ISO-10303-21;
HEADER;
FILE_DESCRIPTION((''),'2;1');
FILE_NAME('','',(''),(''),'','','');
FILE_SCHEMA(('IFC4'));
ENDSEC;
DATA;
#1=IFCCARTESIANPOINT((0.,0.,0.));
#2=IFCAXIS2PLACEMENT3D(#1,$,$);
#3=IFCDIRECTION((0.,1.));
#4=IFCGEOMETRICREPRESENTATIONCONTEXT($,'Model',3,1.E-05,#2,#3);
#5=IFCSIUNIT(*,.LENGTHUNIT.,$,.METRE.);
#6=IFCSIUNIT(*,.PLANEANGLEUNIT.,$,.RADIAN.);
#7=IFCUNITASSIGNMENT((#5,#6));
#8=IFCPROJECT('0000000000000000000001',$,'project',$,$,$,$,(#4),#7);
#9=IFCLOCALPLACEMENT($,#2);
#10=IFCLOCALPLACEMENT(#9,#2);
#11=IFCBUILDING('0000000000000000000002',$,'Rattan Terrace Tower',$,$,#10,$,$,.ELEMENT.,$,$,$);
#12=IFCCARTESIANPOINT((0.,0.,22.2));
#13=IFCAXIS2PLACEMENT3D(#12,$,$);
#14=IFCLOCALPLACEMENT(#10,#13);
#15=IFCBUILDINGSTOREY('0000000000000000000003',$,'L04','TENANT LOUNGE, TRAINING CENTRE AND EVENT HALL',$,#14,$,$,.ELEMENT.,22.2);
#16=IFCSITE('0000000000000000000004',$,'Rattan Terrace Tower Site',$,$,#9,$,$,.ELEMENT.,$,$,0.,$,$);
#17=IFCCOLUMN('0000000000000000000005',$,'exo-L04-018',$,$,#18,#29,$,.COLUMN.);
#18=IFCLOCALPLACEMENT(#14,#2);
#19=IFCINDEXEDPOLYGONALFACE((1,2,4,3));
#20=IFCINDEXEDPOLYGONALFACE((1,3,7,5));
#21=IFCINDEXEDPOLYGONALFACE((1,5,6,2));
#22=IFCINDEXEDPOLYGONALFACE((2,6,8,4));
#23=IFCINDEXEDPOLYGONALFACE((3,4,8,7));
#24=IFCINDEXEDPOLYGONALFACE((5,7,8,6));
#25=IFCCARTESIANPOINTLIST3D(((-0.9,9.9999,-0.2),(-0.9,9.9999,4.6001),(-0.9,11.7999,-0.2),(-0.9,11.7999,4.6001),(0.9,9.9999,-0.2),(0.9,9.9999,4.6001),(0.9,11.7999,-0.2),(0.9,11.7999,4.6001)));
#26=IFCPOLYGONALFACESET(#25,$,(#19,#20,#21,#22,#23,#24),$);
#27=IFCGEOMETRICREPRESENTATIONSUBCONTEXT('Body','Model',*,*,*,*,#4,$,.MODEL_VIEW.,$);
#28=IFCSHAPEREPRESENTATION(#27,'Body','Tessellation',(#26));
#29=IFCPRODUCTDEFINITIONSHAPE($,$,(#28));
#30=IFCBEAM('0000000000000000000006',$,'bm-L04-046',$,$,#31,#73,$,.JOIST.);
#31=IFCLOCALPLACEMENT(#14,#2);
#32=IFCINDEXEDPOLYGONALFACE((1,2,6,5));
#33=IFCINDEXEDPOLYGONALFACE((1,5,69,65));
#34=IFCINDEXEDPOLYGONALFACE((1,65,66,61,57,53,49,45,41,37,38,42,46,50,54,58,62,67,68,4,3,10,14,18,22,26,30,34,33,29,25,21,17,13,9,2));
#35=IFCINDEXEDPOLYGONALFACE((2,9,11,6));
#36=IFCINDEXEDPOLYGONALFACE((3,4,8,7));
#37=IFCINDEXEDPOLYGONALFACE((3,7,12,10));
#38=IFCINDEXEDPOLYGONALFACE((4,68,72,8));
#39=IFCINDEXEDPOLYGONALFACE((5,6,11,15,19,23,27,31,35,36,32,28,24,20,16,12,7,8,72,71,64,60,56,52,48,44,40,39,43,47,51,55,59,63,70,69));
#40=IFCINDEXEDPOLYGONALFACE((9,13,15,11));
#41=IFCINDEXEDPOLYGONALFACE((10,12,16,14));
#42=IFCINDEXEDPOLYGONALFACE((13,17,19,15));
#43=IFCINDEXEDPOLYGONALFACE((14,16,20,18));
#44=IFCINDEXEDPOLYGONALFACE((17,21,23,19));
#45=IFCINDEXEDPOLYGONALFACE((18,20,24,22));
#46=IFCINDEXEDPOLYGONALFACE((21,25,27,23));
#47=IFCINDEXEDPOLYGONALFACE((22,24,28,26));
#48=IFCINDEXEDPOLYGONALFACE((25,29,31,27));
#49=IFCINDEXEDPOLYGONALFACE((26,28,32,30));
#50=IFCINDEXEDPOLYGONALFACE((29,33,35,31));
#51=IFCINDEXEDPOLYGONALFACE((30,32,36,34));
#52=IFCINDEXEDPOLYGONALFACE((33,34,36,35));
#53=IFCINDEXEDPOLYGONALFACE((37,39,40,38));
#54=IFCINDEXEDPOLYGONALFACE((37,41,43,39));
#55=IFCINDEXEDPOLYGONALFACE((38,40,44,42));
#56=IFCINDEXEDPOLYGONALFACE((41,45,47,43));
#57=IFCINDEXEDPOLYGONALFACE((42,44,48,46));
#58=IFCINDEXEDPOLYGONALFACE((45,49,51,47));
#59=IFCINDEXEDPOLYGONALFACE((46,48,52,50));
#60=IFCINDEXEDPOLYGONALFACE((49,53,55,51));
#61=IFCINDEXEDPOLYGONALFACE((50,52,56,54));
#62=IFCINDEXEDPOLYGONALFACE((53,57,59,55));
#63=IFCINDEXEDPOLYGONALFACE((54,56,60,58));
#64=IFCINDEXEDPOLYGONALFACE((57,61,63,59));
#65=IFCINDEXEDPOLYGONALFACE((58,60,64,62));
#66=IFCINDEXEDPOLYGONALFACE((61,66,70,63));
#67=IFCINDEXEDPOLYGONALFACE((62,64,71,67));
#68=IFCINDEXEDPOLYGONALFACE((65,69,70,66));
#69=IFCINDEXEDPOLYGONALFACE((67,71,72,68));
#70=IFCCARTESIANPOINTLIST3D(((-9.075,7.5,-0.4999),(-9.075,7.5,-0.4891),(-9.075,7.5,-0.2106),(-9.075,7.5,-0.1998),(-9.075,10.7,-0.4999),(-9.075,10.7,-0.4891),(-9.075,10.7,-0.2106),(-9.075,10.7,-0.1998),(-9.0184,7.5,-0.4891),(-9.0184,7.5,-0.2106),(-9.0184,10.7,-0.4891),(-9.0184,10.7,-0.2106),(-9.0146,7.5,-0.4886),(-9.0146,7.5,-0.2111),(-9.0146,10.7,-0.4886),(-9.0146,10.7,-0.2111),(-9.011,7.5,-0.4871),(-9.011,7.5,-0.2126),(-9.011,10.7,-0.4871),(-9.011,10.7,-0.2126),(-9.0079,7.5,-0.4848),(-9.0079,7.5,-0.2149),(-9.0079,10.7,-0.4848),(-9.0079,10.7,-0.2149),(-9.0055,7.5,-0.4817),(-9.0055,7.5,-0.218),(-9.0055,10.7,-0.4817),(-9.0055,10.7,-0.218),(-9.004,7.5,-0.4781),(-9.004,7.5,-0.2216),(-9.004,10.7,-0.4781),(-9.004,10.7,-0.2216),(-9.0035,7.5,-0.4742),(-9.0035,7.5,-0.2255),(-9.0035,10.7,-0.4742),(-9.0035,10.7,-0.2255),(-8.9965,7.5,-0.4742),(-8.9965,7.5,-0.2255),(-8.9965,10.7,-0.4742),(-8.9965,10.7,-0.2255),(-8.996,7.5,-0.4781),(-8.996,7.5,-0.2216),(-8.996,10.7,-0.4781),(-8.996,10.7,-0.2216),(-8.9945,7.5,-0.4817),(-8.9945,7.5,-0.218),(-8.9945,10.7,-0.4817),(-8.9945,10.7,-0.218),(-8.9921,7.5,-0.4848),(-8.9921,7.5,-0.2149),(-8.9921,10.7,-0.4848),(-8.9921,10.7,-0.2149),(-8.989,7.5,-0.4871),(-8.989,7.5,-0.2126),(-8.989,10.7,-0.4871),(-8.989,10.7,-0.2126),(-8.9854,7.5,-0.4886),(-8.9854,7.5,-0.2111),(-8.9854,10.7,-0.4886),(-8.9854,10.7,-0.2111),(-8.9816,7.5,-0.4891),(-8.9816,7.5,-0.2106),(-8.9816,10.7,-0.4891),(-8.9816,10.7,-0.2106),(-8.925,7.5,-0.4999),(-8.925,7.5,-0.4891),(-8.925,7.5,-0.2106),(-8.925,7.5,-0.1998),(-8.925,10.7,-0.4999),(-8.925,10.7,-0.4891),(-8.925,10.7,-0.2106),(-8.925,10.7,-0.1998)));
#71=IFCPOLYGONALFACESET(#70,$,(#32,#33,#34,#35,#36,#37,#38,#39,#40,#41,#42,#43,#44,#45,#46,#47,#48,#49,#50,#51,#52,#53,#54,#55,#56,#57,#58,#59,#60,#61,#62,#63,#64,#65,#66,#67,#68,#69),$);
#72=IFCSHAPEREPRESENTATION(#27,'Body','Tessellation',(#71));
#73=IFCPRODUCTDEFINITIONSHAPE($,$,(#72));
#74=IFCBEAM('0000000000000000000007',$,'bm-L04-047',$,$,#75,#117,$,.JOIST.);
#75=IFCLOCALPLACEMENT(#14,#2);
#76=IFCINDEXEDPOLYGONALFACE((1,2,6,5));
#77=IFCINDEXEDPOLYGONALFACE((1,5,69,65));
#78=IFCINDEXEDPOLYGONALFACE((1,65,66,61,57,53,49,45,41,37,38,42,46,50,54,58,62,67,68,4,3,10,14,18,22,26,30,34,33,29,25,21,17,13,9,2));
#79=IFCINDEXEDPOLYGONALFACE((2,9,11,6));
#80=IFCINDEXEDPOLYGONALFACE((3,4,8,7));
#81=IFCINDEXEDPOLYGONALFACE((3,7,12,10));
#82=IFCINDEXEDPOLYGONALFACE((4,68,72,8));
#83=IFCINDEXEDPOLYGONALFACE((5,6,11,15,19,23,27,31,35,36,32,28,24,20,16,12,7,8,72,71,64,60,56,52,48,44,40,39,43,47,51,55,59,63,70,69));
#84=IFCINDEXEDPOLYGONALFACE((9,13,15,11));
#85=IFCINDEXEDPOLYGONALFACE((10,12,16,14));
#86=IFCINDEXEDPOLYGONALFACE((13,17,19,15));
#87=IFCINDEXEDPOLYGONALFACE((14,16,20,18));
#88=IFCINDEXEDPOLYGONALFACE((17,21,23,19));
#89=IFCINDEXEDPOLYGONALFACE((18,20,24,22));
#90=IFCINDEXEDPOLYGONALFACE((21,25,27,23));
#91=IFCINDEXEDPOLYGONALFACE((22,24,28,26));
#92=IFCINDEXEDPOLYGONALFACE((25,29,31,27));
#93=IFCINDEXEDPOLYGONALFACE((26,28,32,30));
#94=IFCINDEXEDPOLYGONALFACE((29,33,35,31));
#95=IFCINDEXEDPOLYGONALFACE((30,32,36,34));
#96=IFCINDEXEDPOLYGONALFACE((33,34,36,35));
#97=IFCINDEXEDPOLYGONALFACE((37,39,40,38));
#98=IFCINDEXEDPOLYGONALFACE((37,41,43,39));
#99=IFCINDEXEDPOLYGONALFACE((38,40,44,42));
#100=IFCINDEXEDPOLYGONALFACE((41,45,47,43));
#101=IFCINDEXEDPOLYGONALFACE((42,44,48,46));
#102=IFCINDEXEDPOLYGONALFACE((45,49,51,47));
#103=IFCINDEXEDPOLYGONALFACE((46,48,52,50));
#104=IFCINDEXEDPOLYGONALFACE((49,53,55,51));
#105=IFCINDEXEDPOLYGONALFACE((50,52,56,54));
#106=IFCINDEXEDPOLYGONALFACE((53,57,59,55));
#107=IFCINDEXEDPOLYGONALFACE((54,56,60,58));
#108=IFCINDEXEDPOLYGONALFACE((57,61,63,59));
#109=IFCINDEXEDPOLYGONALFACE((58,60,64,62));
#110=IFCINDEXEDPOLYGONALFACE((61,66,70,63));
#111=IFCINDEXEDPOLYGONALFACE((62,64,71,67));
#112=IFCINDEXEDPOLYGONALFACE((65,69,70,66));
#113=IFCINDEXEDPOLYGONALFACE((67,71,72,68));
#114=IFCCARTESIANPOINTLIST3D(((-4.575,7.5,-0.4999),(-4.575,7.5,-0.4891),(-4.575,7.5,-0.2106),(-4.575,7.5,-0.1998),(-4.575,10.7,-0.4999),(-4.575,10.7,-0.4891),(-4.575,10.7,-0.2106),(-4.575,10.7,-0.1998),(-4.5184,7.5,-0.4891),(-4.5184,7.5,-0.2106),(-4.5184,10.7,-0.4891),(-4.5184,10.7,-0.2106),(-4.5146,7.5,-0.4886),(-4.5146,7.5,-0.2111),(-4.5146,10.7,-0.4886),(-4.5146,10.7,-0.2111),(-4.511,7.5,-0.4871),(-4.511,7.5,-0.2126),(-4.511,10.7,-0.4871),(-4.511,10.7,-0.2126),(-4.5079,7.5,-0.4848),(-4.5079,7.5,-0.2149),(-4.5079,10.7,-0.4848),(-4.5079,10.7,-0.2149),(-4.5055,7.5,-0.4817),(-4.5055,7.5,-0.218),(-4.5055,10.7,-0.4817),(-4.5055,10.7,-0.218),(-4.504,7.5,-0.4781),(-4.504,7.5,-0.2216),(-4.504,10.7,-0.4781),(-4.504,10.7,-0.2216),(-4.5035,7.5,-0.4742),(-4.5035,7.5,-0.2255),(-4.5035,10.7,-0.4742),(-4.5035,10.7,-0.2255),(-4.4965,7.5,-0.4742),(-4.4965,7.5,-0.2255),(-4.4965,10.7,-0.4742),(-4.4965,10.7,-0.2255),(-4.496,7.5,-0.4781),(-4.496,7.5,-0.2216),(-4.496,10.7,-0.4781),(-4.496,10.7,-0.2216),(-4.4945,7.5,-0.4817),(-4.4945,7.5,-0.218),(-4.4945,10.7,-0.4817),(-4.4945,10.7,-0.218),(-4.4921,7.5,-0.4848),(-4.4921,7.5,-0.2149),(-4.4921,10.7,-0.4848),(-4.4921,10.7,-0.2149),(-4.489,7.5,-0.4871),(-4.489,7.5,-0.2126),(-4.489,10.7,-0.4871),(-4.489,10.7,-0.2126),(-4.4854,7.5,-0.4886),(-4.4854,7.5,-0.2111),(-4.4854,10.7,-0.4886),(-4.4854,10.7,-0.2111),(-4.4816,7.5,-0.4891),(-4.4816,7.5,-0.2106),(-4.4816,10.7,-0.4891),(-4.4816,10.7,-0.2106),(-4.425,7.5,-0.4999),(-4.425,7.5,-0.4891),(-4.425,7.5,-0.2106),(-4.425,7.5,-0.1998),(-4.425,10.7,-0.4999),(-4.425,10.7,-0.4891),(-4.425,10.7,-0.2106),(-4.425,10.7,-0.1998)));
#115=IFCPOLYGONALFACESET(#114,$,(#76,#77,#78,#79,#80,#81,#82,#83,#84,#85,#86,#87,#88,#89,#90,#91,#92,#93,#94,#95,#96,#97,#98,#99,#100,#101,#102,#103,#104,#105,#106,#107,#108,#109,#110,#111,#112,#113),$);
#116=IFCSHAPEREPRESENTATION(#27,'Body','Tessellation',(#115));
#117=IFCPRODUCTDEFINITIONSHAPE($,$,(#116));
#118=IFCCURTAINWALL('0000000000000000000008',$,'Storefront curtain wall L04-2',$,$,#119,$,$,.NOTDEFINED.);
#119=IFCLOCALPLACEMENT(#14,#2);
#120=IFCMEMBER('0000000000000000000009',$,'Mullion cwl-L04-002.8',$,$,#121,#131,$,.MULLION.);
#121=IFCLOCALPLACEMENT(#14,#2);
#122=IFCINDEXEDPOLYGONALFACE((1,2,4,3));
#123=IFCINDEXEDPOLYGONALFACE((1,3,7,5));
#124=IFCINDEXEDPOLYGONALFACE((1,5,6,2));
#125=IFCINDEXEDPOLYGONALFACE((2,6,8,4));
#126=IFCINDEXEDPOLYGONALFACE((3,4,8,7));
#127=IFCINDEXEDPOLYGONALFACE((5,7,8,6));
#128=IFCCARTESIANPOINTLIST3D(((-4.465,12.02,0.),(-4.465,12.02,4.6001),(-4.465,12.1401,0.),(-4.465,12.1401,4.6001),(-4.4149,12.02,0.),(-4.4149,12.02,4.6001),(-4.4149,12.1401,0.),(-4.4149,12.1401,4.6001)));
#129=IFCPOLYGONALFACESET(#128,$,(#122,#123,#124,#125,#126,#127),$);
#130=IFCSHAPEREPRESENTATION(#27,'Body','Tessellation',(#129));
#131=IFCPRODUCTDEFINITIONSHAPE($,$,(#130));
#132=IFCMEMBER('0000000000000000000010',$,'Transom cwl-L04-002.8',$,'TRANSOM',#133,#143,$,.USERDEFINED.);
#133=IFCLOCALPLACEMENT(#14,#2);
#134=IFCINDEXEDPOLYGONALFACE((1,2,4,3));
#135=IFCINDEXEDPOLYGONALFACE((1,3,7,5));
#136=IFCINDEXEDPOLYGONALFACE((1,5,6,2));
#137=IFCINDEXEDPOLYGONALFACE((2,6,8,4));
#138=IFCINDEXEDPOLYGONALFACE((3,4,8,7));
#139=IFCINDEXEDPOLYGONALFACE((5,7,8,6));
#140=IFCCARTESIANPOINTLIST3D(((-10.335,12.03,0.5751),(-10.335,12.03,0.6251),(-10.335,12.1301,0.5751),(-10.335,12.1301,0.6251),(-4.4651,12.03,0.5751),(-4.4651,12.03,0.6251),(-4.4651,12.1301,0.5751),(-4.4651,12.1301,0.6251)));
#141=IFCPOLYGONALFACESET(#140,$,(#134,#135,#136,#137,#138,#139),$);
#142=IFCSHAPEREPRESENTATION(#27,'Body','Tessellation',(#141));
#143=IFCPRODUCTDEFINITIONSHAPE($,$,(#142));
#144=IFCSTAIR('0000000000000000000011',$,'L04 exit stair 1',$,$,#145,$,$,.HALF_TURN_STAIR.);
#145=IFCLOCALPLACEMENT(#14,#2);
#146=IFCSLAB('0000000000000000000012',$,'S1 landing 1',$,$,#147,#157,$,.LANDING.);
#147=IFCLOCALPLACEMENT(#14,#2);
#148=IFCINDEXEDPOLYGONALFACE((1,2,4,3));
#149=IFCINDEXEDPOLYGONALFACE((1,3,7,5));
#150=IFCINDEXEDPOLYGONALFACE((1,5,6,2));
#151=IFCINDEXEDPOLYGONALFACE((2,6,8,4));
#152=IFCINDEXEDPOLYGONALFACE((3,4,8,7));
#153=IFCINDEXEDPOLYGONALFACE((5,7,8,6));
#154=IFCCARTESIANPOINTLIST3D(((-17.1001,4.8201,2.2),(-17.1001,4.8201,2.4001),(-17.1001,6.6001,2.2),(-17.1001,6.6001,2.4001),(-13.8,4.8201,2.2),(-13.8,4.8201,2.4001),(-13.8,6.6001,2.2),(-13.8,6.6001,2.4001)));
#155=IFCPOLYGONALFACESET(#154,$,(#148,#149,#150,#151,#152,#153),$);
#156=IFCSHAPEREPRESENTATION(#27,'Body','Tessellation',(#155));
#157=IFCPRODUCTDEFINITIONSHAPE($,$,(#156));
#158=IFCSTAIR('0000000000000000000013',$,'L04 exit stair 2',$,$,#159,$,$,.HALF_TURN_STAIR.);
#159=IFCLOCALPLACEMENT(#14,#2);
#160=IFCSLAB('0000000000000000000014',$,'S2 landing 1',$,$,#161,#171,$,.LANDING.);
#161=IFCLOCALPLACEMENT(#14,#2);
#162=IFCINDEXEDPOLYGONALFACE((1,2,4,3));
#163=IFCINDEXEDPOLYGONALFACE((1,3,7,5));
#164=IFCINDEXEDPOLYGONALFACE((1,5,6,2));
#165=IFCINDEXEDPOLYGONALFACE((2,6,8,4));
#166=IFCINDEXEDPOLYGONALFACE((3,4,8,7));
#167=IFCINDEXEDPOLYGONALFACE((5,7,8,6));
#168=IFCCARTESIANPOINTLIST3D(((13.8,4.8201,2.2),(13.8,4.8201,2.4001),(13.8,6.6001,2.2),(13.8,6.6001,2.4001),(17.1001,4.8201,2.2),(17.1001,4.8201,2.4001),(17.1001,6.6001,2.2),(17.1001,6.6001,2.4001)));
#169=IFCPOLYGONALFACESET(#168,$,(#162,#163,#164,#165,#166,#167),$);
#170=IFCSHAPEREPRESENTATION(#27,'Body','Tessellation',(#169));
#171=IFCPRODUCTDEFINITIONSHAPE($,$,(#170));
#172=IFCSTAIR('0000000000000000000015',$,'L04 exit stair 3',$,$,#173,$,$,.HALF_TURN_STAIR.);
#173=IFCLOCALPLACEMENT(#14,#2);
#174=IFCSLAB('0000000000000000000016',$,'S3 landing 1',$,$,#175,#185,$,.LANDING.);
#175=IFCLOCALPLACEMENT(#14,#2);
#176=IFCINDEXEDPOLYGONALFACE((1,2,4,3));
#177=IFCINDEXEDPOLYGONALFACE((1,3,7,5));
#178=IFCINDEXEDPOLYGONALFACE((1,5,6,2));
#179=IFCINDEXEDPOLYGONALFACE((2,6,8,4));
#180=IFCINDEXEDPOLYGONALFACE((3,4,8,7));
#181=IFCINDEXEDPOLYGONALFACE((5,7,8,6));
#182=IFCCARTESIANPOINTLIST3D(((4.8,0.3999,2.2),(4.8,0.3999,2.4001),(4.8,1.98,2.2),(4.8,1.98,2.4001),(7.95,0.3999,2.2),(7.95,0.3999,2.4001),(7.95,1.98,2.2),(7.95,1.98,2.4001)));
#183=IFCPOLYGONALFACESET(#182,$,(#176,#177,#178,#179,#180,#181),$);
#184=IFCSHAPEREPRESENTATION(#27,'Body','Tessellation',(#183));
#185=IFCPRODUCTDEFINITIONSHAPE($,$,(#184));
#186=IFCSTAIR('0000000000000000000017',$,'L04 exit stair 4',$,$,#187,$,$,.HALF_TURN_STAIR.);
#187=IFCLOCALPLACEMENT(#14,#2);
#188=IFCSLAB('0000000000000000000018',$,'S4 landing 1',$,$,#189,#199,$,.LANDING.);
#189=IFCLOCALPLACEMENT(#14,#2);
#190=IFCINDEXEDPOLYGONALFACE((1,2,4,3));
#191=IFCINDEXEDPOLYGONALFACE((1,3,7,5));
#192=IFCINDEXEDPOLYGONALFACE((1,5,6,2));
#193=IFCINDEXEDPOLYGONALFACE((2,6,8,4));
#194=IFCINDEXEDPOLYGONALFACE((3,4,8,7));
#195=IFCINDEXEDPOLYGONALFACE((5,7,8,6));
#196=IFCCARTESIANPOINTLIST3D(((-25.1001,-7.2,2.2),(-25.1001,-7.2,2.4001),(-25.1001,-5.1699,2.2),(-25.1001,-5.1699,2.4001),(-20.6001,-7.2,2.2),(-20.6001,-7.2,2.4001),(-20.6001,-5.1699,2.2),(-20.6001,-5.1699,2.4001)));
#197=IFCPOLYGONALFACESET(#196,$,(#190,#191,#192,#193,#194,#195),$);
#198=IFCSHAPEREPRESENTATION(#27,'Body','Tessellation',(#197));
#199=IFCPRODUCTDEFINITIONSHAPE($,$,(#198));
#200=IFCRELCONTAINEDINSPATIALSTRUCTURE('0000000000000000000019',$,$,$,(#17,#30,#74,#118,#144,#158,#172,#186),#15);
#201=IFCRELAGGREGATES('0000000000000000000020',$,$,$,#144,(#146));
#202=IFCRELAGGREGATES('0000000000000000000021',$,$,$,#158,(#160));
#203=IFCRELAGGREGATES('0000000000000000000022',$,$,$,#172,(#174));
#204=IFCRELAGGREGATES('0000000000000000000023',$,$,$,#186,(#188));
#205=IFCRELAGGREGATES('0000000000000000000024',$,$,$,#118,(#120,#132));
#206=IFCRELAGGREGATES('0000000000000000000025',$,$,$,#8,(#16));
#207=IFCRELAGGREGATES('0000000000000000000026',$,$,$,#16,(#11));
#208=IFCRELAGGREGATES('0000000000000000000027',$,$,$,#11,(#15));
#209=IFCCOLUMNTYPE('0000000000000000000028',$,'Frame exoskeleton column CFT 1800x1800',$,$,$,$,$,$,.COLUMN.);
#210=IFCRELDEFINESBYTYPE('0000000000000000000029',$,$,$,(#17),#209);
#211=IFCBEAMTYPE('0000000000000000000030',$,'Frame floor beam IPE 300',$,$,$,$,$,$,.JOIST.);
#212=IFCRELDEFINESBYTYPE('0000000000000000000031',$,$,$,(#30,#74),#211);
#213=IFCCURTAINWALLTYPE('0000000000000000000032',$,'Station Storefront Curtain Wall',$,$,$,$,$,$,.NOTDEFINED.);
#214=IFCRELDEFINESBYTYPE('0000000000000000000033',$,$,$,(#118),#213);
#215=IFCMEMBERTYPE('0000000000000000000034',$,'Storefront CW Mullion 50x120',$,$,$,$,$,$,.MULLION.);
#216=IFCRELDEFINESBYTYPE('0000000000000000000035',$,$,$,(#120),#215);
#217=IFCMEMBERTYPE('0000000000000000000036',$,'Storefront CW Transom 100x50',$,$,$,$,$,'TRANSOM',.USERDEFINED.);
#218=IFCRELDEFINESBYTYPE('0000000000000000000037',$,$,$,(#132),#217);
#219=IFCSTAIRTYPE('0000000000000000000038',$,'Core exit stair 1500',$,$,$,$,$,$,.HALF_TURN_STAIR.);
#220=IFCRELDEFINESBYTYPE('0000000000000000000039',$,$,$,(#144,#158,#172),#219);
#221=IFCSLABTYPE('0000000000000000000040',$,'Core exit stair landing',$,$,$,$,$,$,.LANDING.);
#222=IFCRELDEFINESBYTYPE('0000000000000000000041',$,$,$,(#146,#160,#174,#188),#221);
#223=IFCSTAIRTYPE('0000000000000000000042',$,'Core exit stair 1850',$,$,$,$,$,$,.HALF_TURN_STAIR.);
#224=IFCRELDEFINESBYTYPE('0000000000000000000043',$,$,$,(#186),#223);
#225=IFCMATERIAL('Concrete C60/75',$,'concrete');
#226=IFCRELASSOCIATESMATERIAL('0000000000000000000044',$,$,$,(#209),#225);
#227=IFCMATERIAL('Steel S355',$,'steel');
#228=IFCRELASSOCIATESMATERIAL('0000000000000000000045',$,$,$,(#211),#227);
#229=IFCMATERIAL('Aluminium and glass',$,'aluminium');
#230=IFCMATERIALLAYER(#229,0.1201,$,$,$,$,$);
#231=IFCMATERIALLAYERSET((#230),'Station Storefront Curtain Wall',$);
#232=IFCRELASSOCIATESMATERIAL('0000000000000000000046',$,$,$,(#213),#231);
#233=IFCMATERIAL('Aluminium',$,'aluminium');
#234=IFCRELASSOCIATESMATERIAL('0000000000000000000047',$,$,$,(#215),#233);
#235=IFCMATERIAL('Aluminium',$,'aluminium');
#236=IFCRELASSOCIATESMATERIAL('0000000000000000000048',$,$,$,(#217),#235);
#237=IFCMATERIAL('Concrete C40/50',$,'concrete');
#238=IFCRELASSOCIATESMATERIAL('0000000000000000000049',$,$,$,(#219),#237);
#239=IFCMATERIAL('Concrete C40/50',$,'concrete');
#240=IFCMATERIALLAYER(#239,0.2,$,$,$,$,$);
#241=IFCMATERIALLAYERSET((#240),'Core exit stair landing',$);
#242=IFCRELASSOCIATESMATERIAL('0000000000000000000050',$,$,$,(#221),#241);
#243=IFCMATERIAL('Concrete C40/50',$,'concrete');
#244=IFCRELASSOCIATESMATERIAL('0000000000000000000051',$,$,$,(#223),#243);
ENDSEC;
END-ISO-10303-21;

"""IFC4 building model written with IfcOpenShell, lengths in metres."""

from ifc_helpers import new_model, si_unit, direction, frame, origin, origin_2d, place, context, subcontext, project, spatial, polyline, rectangle, i_section, outline, extrude, material, layer, layer_set, material_profile, profile_set, type_object, element, aggregate, save


model = new_model("IFC4")

# Units and contexts
model_context = context("Model", 3, precision=1e-05, world=origin(), true_north=direction((0.0, 1.0)))
body_context = subcontext(model_context, "Body", "Model", "MODEL_VIEW")
ifc_project = project(units=[si_unit("LENGTHUNIT", "METRE"), si_unit("PLANEANGLEUNIT", "RADIAN")], contexts=[model_context])

# Site, building, storey
site_placement = place(None, origin())
site = spatial("IfcSite", under=ifc_project, at=site_placement, Name="Rattan Terrace Tower Site", CompositionType="ELEMENT", RefElevation=0.0)
building_placement = place(site_placement, origin())
building = spatial("IfcBuilding", under=site, at=building_placement, Name="Rattan Terrace Tower", CompositionType="ELEMENT")
storey_placement = place(building_placement, frame((0.0, 0.0, 22.2)))
storey = spatial("IfcBuildingStorey", under=building, at=storey_placement, Name="L04", Description="TENANT LOUNGE, TRAINING CENTRE AND EVENT HALL", CompositionType="ELEMENT", Elevation=22.2)

# Column
ifc_material_1 = material(Name="Concrete C60/75", Category="concrete")
ifc_material_profile_1 = material_profile(ifc_material_1, rectangle(XDim=1.8, YDim=1.8, at=origin_2d()), Name="CFT 1800x1800")
ifc_profile_set_1 = profile_set([ifc_material_profile_1], Name="Concrete C60/75")
column_type = type_object("IfcColumnType", Name="Frame exoskeleton column CFT 1800x1800", PredefinedType="COLUMN", material=ifc_profile_set_1)
column_placement = place(storey_placement, frame((0.0, 10.8999, -0.2), z_axis=(0.0, 0.0, 1.0), x_axis=(1.0, 0.0, 0.0)))
element("IfcColumn", 1, at=column_placement, inside=storey, type_object=column_type, Name="exo-L04-018", PredefinedType="COLUMN", context=body_context, shape_type="SweptSolid", body=[
    extrude(rectangle(XDim=1.8, YDim=1.8, at=origin_2d()), origin(), (0.0, 0.0, 1.0), 4.8),
])

# Beams
ifc_material_2 = material(Name="Steel S355", Category="steel")
ifc_material_profile_2 = material_profile(ifc_material_2, i_section(OverallWidth=0.1499, OverallDepth=0.3, WebThickness=0.0071, FlangeThickness=0.0107, FilletRadius=0.0149, at=origin_2d()), Name="IPE 300")
ifc_profile_set_2 = profile_set([ifc_material_profile_2], Name="Steel S355")
beam_type = type_object("IfcBeamType", Name="Frame floor beam IPE 300", PredefinedType="JOIST", material=ifc_profile_set_2)
for number, where, z_axis, x_axis, name in (
    (2, (-9.0, 7.5, -0.3499), (0.0, 1.0, 0.0), (-1.0, 0.0, 0.0), "bm-L04-046"),
    (3, (-4.5, 7.5, -0.3499), (0.0, 1.0, 0.0), (-1.0, 0.0, 0.0), "bm-L04-047"),
):
    element("IfcBeam", number, at=place(storey_placement, frame(where, z_axis=z_axis, x_axis=x_axis)), inside=storey, type_object=beam_type, Name=name, PredefinedType="JOIST", context=body_context, shape_type="SweptSolid", body=[
        extrude(i_section(OverallWidth=0.1499, OverallDepth=0.3, WebThickness=0.0071, FlangeThickness=0.0107, FilletRadius=0.0149, at=origin_2d()), origin(), (0.0, 0.0, 1.0), 3.2),
    ])

# Curtain wall, members
ifc_material_3 = material(Name="Aluminium and glass", Category="aluminium")
ifc_layer_1 = layer(ifc_material_3, 0.1201)
ifc_layer_set_1 = layer_set([ifc_layer_1], Name="Station Storefront Curtain Wall")
curtain_wall_type = type_object("IfcCurtainWallType", Name="Station Storefront Curtain Wall", PredefinedType="NOTDEFINED", material=ifc_layer_set_1)
curtain_wall_placement = place(storey_placement, origin())
curtain_wall = element("IfcCurtainWall", 4, at=curtain_wall_placement, inside=storey, type_object=curtain_wall_type, Name="Storefront curtain wall L04-2", PredefinedType="NOTDEFINED")
ifc_material_4 = material(Name="Aluminium", Category="aluminium")
ifc_material_profile_3 = material_profile(ifc_material_4, rectangle(XDim=0.05, YDim=0.1201, at=origin_2d()), Name="Aluminium 50x120")
ifc_profile_set_3 = profile_set([ifc_material_profile_3], Name="Aluminium")
member_type_1 = type_object("IfcMemberType", Name="Storefront CW Mullion 50x120", PredefinedType="MULLION", material=ifc_profile_set_3)
member_1_placement = place(storey_placement, frame((-4.4399, 12.0801, 0.0), z_axis=(0.0, 0.0, 1.0), x_axis=(-1.0, 0.0, 0.0)))
member_1 = element("IfcMember", 5, at=member_1_placement, type_object=member_type_1, Name="Mullion cwl-L04-002.8", PredefinedType="MULLION", context=body_context, shape_type="SweptSolid", body=[
    extrude(rectangle(XDim=0.05, YDim=0.1201, at=origin_2d()), origin(), (0.0, 0.0, 1.0), 4.6001),
])
ifc_material_5 = material(Name="Aluminium", Category="aluminium")
ifc_material_profile_4 = material_profile(ifc_material_5, rectangle(XDim=0.1001, YDim=0.05, at=origin_2d()), Name="Aluminium 100x50")
ifc_profile_set_4 = profile_set([ifc_material_profile_4], Name="Aluminium")
member_type_2 = type_object("IfcMemberType", Name="Storefront CW Transom 100x50", ElementType="TRANSOM", PredefinedType="USERDEFINED", material=ifc_profile_set_4)
member_2_placement = place(storey_placement, frame((-4.4651, 12.0801, 0.6001), z_axis=(-1.0, 0.0, 0.0), x_axis=(0.0, -1.0, 0.0)))
member_2 = element("IfcMember", 6, at=member_2_placement, type_object=member_type_2, Name="Transom cwl-L04-002.8", ObjectType="TRANSOM", PredefinedType="USERDEFINED", context=body_context, shape_type="SweptSolid", body=[
    extrude(rectangle(XDim=0.1001, YDim=0.05, at=origin_2d()), origin(), (0.0, 0.0, 1.0), 5.8699),
])

# Stairs, slabs
ifc_material_6 = material(Name="Concrete C40/50", Category="concrete")
stair_type_1 = type_object("IfcStairType", Name="Core exit stair 1500", PredefinedType="HALF_TURN_STAIR", material=ifc_material_6)
stair_1_placement = place(storey_placement, origin())
stair_1 = element("IfcStair", 7, at=stair_1_placement, inside=storey, type_object=stair_type_1, Name="L04 exit stair 1", PredefinedType="HALF_TURN_STAIR")
ifc_material_7 = material(Name="Concrete C40/50", Category="concrete")
ifc_layer_2 = layer(ifc_material_7, 0.2)
ifc_layer_set_2 = layer_set([ifc_layer_2], Name="Core exit stair landing")
slab_type_1 = type_object("IfcSlabType", Name="Core exit stair landing", PredefinedType="LANDING", material=ifc_layer_set_2)
slab_1_placement = place(storey_placement, frame((0.0, 0.0, 2.2)))
slab_1 = element("IfcSlab", 8, at=slab_1_placement, type_object=slab_type_1, Name="S1 landing 1", PredefinedType="LANDING", context=body_context, shape_type="SweptSolid", body=[
    extrude(outline(polyline([(-13.8, 4.8201), (-13.8, 6.6001), (-17.1001, 6.6001), (-17.1001, 4.8201), (-13.8, 4.8201)])), origin(), (0.0, 0.0, 1.0), 0.2002),
])
aggregate(stair_1, [slab_1])
stair_2_placement = place(storey_placement, origin())
stair_2 = element("IfcStair", 9, at=stair_2_placement, inside=storey, type_object=stair_type_1, Name="L04 exit stair 2", PredefinedType="HALF_TURN_STAIR")
slab_2_placement = place(storey_placement, frame((0.0, 0.0, 2.2)))
slab_2 = element("IfcSlab", 10, at=slab_2_placement, type_object=slab_type_1, Name="S2 landing 1", PredefinedType="LANDING", context=body_context, shape_type="SweptSolid", body=[
    extrude(outline(polyline([(17.1001, 4.8201), (17.1001, 6.6001), (13.8, 6.6001), (13.8, 4.8201), (17.1001, 4.8201)])), origin(), (0.0, 0.0, 1.0), 0.2002),
])
aggregate(stair_2, [slab_2])
stair_3_placement = place(storey_placement, origin())
stair_3 = element("IfcStair", 11, at=stair_3_placement, inside=storey, type_object=stair_type_1, Name="L04 exit stair 3", PredefinedType="HALF_TURN_STAIR")
slab_3_placement = place(storey_placement, frame((0.0, 0.0, 2.2)))
slab_3 = element("IfcSlab", 12, at=slab_3_placement, type_object=slab_type_1, Name="S3 landing 1", PredefinedType="LANDING", context=body_context, shape_type="SweptSolid", body=[
    extrude(outline(polyline([(4.8, 1.98), (4.8, 0.3999), (7.95, 0.3999), (7.95, 1.98), (4.8, 1.98)])), origin(), (0.0, 0.0, 1.0), 0.2002),
])
aggregate(stair_3, [slab_3])
ifc_material_8 = material(Name="Concrete C40/50", Category="concrete")
stair_type_2 = type_object("IfcStairType", Name="Core exit stair 1850", PredefinedType="HALF_TURN_STAIR", material=ifc_material_8)
stair_4_placement = place(storey_placement, origin())
stair_4 = element("IfcStair", 13, at=stair_4_placement, inside=storey, type_object=stair_type_2, Name="L04 exit stair 4", PredefinedType="HALF_TURN_STAIR")
slab_4_placement = place(storey_placement, frame((0.0, 0.0, 2.2)))
slab_4 = element("IfcSlab", 14, at=slab_4_placement, type_object=slab_type_1, Name="S4 landing 1", PredefinedType="LANDING", context=body_context, shape_type="SweptSolid", body=[
    extrude(outline(polyline([(-25.1001, -5.1699), (-25.1001, -7.2), (-20.6001, -7.2), (-20.6001, -5.1699), (-25.1001, -5.1699)])), origin(), (0.0, 0.0, 1.0), 0.2002),
])
aggregate(stair_4, [slab_4])

aggregate(curtain_wall, [member_1, member_2])

save(model, "model.ifc")
